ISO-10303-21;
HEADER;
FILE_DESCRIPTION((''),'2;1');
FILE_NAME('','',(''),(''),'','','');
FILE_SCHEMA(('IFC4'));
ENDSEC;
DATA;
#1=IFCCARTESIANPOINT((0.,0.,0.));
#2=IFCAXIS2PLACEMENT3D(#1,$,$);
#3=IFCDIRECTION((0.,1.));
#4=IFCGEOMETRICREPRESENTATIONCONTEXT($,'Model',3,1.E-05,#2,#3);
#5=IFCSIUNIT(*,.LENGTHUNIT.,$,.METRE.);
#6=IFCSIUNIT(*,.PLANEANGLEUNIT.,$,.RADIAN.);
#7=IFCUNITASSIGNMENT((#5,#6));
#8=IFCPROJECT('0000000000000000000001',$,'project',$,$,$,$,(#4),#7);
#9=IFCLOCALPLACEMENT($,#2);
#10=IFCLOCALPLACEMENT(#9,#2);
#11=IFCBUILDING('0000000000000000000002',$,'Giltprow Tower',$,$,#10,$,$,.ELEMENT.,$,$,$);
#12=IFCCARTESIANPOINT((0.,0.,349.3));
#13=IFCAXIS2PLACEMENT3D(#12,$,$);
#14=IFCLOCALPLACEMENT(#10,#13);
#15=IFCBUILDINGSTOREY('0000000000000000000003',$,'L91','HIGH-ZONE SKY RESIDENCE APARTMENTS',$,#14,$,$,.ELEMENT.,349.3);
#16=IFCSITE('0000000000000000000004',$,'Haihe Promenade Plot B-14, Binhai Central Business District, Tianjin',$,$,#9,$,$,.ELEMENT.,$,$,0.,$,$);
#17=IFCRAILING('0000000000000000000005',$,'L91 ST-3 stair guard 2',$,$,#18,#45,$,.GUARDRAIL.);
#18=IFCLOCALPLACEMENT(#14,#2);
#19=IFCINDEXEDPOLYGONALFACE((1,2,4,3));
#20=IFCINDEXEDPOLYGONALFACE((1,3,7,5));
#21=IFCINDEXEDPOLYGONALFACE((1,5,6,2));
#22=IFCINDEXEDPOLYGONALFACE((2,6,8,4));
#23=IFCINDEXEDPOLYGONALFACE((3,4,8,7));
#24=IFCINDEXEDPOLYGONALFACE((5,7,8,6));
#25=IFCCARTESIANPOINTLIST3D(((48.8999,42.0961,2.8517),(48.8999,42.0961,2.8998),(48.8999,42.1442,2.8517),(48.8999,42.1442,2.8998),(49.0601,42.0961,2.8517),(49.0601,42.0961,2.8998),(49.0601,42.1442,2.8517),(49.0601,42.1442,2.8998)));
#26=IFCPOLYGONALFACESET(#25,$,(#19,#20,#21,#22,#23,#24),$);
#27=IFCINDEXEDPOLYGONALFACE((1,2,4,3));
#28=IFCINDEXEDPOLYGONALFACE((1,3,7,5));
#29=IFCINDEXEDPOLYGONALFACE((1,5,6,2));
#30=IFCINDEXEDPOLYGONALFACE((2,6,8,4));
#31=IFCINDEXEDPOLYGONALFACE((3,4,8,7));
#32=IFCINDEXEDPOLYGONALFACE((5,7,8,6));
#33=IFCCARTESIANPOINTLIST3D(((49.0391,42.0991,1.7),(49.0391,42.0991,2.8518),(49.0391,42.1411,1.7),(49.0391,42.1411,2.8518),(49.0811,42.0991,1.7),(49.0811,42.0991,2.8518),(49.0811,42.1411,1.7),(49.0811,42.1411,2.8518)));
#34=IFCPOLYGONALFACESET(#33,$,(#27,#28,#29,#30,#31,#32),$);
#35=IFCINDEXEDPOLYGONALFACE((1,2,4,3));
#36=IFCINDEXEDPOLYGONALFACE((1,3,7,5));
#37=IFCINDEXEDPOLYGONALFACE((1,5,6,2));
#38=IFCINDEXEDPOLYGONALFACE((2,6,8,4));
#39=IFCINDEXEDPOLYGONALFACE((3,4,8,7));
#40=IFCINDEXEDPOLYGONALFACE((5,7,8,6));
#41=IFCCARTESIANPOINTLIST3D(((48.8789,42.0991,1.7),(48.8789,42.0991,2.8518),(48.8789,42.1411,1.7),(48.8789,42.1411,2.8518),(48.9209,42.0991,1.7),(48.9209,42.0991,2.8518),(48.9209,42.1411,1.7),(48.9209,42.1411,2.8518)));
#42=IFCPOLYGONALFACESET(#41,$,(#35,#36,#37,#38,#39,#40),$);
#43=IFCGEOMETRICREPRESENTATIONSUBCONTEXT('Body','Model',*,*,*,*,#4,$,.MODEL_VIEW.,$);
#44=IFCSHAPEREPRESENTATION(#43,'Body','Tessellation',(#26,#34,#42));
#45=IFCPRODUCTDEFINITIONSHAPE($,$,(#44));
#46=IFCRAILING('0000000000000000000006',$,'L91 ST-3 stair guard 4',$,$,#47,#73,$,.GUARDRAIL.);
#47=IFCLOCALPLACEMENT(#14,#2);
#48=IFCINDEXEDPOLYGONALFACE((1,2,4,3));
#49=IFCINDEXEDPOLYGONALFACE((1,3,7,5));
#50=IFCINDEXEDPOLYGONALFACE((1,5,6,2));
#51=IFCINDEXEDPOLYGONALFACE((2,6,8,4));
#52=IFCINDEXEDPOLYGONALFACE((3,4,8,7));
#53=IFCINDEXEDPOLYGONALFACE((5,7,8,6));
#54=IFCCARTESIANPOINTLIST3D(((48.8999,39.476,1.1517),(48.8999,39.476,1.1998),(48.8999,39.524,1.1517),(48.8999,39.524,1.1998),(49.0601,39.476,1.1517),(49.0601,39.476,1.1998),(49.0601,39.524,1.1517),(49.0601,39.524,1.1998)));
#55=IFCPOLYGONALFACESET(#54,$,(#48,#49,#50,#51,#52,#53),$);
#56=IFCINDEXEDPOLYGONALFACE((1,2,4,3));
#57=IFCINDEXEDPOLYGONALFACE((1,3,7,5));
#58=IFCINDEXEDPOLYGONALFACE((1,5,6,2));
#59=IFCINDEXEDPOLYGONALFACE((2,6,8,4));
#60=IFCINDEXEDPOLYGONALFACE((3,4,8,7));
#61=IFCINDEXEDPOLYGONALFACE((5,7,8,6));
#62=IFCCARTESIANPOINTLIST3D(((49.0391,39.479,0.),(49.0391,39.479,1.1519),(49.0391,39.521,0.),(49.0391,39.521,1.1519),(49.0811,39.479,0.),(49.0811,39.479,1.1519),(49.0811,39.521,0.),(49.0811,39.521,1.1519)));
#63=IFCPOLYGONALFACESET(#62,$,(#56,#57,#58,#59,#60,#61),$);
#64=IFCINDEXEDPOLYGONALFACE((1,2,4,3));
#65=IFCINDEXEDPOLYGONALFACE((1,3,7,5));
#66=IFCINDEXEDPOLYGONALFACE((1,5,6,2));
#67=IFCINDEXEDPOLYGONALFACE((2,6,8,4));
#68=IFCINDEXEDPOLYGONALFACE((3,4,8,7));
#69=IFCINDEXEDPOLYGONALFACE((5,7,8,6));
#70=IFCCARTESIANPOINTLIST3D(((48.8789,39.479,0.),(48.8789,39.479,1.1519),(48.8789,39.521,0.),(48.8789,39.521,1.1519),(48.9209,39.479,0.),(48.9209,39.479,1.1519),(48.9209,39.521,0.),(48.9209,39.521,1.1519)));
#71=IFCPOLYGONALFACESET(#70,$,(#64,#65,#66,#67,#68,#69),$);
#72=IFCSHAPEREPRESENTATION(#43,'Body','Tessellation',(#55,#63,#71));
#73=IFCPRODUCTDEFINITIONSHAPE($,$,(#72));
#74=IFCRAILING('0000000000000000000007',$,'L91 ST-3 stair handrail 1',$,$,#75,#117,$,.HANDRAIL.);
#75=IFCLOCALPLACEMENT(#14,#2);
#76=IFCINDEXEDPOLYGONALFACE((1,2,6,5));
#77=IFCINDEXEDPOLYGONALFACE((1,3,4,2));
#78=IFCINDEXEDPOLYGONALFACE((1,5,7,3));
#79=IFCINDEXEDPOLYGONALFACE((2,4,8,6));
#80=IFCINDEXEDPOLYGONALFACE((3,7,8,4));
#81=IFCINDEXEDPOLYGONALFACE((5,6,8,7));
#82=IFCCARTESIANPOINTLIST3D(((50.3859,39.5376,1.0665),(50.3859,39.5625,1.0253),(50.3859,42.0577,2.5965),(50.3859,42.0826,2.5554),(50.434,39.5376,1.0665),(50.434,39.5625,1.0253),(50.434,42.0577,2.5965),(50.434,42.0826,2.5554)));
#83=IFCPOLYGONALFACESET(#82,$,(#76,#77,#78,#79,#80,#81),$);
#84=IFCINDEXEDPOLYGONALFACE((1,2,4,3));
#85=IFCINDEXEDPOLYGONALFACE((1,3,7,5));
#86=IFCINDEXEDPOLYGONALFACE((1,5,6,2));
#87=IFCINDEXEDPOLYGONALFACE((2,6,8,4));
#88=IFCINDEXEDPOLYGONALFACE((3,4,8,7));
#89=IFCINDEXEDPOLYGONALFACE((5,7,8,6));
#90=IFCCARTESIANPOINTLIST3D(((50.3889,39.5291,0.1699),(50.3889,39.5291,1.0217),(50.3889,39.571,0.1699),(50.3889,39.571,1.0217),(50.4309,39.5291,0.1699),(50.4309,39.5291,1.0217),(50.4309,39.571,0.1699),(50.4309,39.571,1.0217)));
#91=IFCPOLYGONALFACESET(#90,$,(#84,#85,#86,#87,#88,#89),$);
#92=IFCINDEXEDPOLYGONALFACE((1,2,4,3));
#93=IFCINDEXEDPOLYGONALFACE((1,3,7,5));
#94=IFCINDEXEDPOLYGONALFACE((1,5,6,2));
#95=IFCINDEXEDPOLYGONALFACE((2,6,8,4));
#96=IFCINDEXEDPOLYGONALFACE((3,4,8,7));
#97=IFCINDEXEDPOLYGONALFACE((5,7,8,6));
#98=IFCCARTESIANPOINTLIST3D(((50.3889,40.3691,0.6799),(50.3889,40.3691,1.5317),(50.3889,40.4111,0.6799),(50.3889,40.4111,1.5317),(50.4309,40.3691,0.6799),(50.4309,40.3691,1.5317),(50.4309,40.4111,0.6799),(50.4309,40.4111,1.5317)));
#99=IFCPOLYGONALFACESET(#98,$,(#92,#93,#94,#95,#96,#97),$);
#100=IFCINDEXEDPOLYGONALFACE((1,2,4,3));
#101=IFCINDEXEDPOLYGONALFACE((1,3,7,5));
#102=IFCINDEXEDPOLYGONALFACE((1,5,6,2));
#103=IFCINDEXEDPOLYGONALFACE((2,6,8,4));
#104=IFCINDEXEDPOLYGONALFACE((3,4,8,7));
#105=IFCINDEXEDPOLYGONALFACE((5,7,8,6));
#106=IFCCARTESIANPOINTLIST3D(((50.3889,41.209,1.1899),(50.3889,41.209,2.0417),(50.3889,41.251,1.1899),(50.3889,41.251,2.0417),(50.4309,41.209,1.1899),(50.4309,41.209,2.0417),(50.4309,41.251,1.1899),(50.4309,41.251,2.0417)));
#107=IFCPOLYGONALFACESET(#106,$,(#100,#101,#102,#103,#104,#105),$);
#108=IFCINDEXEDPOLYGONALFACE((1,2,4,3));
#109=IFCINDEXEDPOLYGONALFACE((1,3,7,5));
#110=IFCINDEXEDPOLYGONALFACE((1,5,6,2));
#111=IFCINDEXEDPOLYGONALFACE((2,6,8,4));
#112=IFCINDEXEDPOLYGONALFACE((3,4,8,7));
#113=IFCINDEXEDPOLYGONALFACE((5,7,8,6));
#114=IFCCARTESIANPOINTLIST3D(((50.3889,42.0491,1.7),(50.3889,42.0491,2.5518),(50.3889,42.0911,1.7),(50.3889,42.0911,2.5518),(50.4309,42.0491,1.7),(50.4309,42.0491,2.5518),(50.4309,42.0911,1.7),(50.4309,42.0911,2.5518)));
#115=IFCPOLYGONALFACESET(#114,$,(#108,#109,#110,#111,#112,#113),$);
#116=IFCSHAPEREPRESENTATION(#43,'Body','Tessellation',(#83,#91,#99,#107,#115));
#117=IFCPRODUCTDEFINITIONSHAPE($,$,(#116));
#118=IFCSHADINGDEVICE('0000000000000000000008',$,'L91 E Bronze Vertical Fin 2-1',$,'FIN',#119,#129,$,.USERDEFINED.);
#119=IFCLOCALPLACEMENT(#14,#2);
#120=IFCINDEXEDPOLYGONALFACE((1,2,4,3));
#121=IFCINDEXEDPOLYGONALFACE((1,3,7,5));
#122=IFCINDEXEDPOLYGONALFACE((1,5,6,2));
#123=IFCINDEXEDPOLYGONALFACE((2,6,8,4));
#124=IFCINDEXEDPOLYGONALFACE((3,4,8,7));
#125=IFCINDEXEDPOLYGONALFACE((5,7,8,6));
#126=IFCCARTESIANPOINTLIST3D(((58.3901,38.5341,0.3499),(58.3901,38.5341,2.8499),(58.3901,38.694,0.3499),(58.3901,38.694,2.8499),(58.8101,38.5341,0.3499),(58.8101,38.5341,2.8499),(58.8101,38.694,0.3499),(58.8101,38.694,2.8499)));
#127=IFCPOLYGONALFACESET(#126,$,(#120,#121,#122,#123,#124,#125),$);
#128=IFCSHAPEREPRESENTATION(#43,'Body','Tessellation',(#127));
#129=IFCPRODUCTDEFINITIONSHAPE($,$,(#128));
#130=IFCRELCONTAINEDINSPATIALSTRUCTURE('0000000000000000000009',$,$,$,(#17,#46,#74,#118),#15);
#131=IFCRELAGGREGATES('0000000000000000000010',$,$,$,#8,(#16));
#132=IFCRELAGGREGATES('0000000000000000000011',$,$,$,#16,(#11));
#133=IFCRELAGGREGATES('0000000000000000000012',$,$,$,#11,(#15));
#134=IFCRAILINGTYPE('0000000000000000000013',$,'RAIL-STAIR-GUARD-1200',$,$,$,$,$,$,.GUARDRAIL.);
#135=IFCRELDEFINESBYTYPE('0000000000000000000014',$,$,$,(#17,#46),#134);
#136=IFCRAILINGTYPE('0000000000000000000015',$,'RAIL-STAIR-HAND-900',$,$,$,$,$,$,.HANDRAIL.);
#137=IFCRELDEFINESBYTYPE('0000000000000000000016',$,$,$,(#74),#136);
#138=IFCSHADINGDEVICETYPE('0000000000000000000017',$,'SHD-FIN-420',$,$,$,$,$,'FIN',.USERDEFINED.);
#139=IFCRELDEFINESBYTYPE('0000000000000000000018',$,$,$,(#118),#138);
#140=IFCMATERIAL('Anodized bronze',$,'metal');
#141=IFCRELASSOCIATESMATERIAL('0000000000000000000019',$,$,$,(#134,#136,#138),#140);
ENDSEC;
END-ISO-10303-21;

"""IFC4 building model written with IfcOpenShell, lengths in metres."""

from ifc_helpers import new_model, si_unit, direction, frame, origin, origin_2d, place, context, subcontext, project, spatial, rectangle, extrude, source, transform, mapped, material, type_object, element, save


model = new_model("IFC4")

# Units and contexts
model_context = context("Model", 3, precision=1e-05, world=origin(), true_north=direction((0.0, 1.0)))
body_context = subcontext(model_context, "Body", "Model", "MODEL_VIEW")
ifc_project = project(units=[si_unit("LENGTHUNIT", "METRE"), si_unit("PLANEANGLEUNIT", "RADIAN")], contexts=[model_context])

# Site, building, storey
site_placement = place(None, origin())
site = spatial("IfcSite", under=ifc_project, at=site_placement, Name="Haihe Promenade Plot B-14, Binhai Central Business District, Tianjin", CompositionType="ELEMENT", RefElevation=0.0)
building_placement = place(site_placement, origin())
building = spatial("IfcBuilding", under=site, at=building_placement, Name="Giltprow Tower", CompositionType="ELEMENT")
storey_placement = place(building_placement, frame((0.0, 0.0, 349.3)))
storey = spatial("IfcBuildingStorey", under=building, at=storey_placement, Name="L91", Description="HIGH-ZONE SKY RESIDENCE APARTMENTS", CompositionType="ELEMENT", Elevation=349.3)

# Railings
ifc_material_1 = material(Name="Anodized bronze", Category="metal")
railing_type_1 = type_object("IfcRailingType", Name="RAIL-STAIR-GUARD-1200", PredefinedType="GUARDRAIL", material=ifc_material_1)
for number, where, name in (
    (1, (49.0601, 42.1201, 1.7), "L91 ST-3 stair guard 2"),
    (2, (49.0601, 39.5, 0.0), "L91 ST-3 stair guard 4"),
):
    element("IfcRailing", number, at=place(storey_placement, frame(where)), inside=storey, type_object=railing_type_1, Name=name, PredefinedType="GUARDRAIL", context=body_context, shape_type="SweptSolid", body=[
        extrude(rectangle(XDim=0.0481, YDim=0.0481, at=origin_2d()), frame((0.0, 0.0, 1.1758), z_axis=(-1.0, 0.0, 0.0), x_axis=(0.0, -1.0, 0.0)), (0.0, 0.0, 1.0), 0.1602),
        extrude(rectangle(XDim=0.042, YDim=0.042, at=origin_2d()), origin(), (0.0, 0.0, 1.0), 1.1519),
        extrude(rectangle(XDim=0.042, YDim=0.042, at=origin_2d()), frame((-0.1602, 0.0, 0.0)), (0.0, 0.0, 1.0), 1.1519),
    ])
railing_type_2 = type_object("IfcRailingType", Name="RAIL-STAIR-HAND-900", PredefinedType="HANDRAIL", material=ifc_material_1)
railing_1_placement = place(storey_placement, frame((50.4099, 39.55, 0.1699)))
element("IfcRailing", 3, at=railing_1_placement, inside=storey, type_object=railing_type_2, Name="L91 ST-3 stair handrail 1", PredefinedType="HANDRAIL", context=body_context, shape_type="SweptSolid", body=[
    extrude(rectangle(XDim=0.0481, YDim=0.0481, at=origin_2d()), frame((0.0, 0.0, 0.876), z_axis=(0.0, 0.854785, 0.518982), x_axis=(-1.0, 0.0, 0.0)), (0.0, 0.0, 1.0), 2.9482),
    extrude(rectangle(XDim=0.042, YDim=0.042, at=origin_2d()), origin(), (0.0, 0.0, 1.0), 0.8518),
    extrude(rectangle(XDim=0.042, YDim=0.042, at=origin_2d()), frame((0.0, 0.8401, 0.51)), (0.0, 0.0, 1.0), 0.8518),
    extrude(rectangle(XDim=0.042, YDim=0.042, at=origin_2d()), frame((0.0, 1.6799, 1.02)), (0.0, 0.0, 1.0), 0.8518),
    extrude(rectangle(XDim=0.042, YDim=0.042, at=origin_2d()), frame((0.0, 2.52, 1.53)), (0.0, 0.0, 1.0), 0.8518),
])

# Shading device
shading_device_type = type_object("IfcShadingDeviceType", Name="SHD-FIN-420", ElementType="FIN", PredefinedType="USERDEFINED", material=ifc_material_1)
shared_shape_1 = source(origin(), body_context, "Body", "SweptSolid", [
    extrude(rectangle(XDim=0.4199, YDim=0.1599, at=origin_2d()), origin(), (0.0, 0.0, 1.0), 2.5),
])
shading_device_placement = place(storey_placement, frame((58.6001, 38.614, 0.3499), z_axis=(0.0, 0.0, 1.0), x_axis=(1.0, 0.0, 0.0)))
element("IfcShadingDevice", 4, at=shading_device_placement, inside=storey, type_object=shading_device_type, Name="L91 E Bronze Vertical Fin 2-1", ObjectType="FIN", PredefinedType="USERDEFINED", context=body_context, shape_type="MappedRepresentation", body=[
    mapped(shared_shape_1, transform((0.0, 0.0, 0.0), x_axis=(1.0, 0.0, 0.0), y_axis=(0.0, 1.0, 0.0), z_axis=(0.0, 0.0, 1.0), scale=1.0)),
])

save(model, "model.ifc")
